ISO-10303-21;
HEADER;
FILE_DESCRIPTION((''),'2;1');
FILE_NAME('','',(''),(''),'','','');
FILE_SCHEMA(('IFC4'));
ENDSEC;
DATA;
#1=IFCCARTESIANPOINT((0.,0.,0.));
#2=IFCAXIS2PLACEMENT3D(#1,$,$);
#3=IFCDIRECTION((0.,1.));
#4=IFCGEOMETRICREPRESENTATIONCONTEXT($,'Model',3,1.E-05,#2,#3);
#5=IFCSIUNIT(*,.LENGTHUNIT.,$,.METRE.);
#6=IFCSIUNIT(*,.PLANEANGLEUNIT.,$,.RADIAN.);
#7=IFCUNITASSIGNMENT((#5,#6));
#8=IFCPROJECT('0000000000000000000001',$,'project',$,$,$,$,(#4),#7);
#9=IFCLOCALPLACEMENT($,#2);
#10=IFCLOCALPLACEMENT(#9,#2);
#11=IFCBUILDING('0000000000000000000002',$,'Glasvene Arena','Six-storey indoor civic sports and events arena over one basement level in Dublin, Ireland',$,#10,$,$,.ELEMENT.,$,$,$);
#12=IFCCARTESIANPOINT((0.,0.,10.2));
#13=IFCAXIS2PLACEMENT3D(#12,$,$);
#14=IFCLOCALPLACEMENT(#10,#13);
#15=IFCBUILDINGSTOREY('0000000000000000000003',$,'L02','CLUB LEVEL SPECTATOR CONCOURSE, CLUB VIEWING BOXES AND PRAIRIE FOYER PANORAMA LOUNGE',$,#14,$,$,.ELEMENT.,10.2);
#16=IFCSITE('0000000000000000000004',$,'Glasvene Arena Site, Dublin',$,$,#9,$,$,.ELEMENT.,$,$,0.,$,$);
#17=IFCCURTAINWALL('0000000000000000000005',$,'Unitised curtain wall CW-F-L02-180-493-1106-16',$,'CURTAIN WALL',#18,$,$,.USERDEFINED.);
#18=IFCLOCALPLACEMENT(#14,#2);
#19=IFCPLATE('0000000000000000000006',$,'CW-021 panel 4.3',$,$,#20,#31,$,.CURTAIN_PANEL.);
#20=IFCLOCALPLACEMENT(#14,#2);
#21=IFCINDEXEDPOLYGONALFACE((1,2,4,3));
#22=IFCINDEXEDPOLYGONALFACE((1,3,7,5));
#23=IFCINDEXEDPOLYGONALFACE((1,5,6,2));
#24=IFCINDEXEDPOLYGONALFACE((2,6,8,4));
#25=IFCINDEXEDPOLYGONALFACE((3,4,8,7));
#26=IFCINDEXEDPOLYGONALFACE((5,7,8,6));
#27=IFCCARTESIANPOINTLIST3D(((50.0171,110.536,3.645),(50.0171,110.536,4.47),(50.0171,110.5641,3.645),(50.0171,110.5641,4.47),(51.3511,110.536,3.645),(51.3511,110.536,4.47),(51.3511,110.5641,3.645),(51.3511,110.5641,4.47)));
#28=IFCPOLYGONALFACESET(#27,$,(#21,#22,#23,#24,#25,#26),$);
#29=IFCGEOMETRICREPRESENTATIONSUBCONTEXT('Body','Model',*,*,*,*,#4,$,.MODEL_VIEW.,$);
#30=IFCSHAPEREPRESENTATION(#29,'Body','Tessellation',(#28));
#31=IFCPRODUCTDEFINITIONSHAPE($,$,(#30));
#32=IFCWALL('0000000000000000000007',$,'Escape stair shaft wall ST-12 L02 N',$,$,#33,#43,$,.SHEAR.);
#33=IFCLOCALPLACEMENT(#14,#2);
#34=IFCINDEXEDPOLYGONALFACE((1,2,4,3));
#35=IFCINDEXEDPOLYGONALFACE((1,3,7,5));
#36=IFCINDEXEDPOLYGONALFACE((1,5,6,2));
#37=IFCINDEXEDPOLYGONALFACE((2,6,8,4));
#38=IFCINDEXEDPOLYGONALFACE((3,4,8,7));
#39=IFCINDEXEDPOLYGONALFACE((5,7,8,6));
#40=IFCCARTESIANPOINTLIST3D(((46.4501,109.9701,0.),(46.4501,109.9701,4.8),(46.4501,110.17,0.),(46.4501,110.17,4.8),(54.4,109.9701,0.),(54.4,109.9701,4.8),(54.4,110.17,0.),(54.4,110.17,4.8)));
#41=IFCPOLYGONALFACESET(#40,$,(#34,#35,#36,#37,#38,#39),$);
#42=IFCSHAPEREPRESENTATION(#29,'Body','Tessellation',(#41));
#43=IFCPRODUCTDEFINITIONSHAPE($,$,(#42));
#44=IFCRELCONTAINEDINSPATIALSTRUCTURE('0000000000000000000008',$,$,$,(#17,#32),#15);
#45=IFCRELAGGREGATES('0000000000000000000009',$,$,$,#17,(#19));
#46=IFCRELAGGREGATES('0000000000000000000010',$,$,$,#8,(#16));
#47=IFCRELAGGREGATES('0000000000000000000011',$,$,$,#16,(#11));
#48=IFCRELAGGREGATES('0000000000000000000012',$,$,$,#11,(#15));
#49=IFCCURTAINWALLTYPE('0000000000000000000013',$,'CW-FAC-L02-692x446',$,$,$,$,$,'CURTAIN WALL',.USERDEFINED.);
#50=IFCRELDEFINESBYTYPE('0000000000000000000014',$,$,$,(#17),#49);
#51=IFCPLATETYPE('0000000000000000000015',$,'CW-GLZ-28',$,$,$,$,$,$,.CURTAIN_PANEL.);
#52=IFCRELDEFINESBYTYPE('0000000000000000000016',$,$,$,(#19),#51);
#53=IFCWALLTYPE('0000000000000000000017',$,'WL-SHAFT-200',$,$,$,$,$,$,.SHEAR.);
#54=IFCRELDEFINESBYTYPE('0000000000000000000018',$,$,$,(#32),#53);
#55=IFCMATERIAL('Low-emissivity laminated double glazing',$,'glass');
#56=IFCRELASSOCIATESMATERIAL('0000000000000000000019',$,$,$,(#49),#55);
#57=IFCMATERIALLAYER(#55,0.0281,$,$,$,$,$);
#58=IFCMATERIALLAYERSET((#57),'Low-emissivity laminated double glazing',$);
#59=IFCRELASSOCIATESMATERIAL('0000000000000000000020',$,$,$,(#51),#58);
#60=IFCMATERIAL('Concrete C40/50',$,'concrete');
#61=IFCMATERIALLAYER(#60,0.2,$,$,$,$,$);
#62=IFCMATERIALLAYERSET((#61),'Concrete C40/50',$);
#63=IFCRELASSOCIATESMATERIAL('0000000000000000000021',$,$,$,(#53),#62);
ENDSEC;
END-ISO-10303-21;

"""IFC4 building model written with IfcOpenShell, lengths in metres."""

from ifc_helpers import new_model, si_unit, direction, frame, frame_2d, origin, origin_2d, place, context, subcontext, project, spatial, rectangle, extrude, material, layer, layer_set, type_object, element, aggregate, save


model = new_model("IFC4")

# Units and contexts
model_context = context("Model", 3, precision=1e-05, world=origin(), true_north=direction((0.0, 1.0)))
body_context = subcontext(model_context, "Body", "Model", "MODEL_VIEW")
ifc_project = project(units=[si_unit("LENGTHUNIT", "METRE"), si_unit("PLANEANGLEUNIT", "RADIAN")], contexts=[model_context])

# Site, building, storey
site_placement = place(None, origin())
site = spatial("IfcSite", under=ifc_project, at=site_placement, Name="Glasvene Arena Site, Dublin", CompositionType="ELEMENT", RefElevation=0.0)
building_placement = place(site_placement, origin())
building = spatial("IfcBuilding", under=site, at=building_placement, Name="Glasvene Arena", Description="Six-storey indoor civic sports and events arena over one basement level in Dublin, Ireland", CompositionType="ELEMENT")
storey_placement = place(building_placement, frame((0.0, 0.0, 10.2)))
storey = spatial("IfcBuildingStorey", under=building, at=storey_placement, Name="L02", Description="CLUB LEVEL SPECTATOR CONCOURSE, CLUB VIEWING BOXES AND PRAIRIE FOYER PANORAMA LOUNGE", CompositionType="ELEMENT", Elevation=10.2)

# Curtain wall, plate
ifc_material_1 = material(Name="Low-emissivity laminated double glazing", Category="glass")
curtain_wall_type = type_object("IfcCurtainWallType", Name="CW-FAC-L02-692x446", ElementType="CURTAIN WALL", PredefinedType="USERDEFINED", material=ifc_material_1)
curtain_wall_placement = place(storey_placement, frame((45.8401, 110.55, 0.0)))
curtain_wall = element("IfcCurtainWall", 1, at=curtain_wall_placement, inside=storey, type_object=curtain_wall_type, Name="Unitised curtain wall CW-F-L02-180-493-1106-16", ObjectType="CURTAIN WALL", PredefinedType="USERDEFINED")
ifc_layer_1 = layer(ifc_material_1, 0.0281)
ifc_layer_set_1 = layer_set([ifc_layer_1], Name="Low-emissivity laminated double glazing")
plate_type = type_object("IfcPlateType", Name="CW-GLZ-28", PredefinedType="CURTAIN_PANEL", material=ifc_layer_set_1)
plate_1_placement = place(storey_placement, frame((50.6841, 110.55, 3.645), z_axis=(0.0, 0.0, 1.0), x_axis=(1.0, 0.0, 0.0)))
plate_1 = element("IfcPlate", 2, at=plate_1_placement, type_object=plate_type, Name="CW-021 panel 4.3", PredefinedType="CURTAIN_PANEL", context=body_context, shape_type="SweptSolid", body=[
    extrude(rectangle(XDim=1.334, YDim=0.0281, at=origin_2d()), origin(), (0.0, 0.0, 1.0), 0.825),
])
aggregate(curtain_wall, [plate_1])

# Wall
ifc_material_2 = material(Name="Concrete C40/50", Category="concrete")
ifc_layer_2 = layer(ifc_material_2, 0.2)
ifc_layer_set_2 = layer_set([ifc_layer_2], Name="Concrete C40/50")
wall_type = type_object("IfcWallType", Name="WL-SHAFT-200", PredefinedType="SHEAR", material=ifc_layer_set_2)
wall_placement = place(storey_placement, frame((46.45, 110.0701, 0.0), z_axis=(0.0, 0.0, 1.0), x_axis=(1.0, 0.0, 0.0)))
element("IfcWall", 3, at=wall_placement, inside=storey, type_object=wall_type, Name="Escape stair shaft wall ST-12 L02 N", PredefinedType="SHEAR", context=body_context, shape_type="SweptSolid", body=[
    extrude(rectangle(XDim=7.95, YDim=0.2, at=frame_2d((3.9751, 0.0))), origin(), (0.0, 0.0, 1.0), 4.8),
])

save(model, "model.ifc")
